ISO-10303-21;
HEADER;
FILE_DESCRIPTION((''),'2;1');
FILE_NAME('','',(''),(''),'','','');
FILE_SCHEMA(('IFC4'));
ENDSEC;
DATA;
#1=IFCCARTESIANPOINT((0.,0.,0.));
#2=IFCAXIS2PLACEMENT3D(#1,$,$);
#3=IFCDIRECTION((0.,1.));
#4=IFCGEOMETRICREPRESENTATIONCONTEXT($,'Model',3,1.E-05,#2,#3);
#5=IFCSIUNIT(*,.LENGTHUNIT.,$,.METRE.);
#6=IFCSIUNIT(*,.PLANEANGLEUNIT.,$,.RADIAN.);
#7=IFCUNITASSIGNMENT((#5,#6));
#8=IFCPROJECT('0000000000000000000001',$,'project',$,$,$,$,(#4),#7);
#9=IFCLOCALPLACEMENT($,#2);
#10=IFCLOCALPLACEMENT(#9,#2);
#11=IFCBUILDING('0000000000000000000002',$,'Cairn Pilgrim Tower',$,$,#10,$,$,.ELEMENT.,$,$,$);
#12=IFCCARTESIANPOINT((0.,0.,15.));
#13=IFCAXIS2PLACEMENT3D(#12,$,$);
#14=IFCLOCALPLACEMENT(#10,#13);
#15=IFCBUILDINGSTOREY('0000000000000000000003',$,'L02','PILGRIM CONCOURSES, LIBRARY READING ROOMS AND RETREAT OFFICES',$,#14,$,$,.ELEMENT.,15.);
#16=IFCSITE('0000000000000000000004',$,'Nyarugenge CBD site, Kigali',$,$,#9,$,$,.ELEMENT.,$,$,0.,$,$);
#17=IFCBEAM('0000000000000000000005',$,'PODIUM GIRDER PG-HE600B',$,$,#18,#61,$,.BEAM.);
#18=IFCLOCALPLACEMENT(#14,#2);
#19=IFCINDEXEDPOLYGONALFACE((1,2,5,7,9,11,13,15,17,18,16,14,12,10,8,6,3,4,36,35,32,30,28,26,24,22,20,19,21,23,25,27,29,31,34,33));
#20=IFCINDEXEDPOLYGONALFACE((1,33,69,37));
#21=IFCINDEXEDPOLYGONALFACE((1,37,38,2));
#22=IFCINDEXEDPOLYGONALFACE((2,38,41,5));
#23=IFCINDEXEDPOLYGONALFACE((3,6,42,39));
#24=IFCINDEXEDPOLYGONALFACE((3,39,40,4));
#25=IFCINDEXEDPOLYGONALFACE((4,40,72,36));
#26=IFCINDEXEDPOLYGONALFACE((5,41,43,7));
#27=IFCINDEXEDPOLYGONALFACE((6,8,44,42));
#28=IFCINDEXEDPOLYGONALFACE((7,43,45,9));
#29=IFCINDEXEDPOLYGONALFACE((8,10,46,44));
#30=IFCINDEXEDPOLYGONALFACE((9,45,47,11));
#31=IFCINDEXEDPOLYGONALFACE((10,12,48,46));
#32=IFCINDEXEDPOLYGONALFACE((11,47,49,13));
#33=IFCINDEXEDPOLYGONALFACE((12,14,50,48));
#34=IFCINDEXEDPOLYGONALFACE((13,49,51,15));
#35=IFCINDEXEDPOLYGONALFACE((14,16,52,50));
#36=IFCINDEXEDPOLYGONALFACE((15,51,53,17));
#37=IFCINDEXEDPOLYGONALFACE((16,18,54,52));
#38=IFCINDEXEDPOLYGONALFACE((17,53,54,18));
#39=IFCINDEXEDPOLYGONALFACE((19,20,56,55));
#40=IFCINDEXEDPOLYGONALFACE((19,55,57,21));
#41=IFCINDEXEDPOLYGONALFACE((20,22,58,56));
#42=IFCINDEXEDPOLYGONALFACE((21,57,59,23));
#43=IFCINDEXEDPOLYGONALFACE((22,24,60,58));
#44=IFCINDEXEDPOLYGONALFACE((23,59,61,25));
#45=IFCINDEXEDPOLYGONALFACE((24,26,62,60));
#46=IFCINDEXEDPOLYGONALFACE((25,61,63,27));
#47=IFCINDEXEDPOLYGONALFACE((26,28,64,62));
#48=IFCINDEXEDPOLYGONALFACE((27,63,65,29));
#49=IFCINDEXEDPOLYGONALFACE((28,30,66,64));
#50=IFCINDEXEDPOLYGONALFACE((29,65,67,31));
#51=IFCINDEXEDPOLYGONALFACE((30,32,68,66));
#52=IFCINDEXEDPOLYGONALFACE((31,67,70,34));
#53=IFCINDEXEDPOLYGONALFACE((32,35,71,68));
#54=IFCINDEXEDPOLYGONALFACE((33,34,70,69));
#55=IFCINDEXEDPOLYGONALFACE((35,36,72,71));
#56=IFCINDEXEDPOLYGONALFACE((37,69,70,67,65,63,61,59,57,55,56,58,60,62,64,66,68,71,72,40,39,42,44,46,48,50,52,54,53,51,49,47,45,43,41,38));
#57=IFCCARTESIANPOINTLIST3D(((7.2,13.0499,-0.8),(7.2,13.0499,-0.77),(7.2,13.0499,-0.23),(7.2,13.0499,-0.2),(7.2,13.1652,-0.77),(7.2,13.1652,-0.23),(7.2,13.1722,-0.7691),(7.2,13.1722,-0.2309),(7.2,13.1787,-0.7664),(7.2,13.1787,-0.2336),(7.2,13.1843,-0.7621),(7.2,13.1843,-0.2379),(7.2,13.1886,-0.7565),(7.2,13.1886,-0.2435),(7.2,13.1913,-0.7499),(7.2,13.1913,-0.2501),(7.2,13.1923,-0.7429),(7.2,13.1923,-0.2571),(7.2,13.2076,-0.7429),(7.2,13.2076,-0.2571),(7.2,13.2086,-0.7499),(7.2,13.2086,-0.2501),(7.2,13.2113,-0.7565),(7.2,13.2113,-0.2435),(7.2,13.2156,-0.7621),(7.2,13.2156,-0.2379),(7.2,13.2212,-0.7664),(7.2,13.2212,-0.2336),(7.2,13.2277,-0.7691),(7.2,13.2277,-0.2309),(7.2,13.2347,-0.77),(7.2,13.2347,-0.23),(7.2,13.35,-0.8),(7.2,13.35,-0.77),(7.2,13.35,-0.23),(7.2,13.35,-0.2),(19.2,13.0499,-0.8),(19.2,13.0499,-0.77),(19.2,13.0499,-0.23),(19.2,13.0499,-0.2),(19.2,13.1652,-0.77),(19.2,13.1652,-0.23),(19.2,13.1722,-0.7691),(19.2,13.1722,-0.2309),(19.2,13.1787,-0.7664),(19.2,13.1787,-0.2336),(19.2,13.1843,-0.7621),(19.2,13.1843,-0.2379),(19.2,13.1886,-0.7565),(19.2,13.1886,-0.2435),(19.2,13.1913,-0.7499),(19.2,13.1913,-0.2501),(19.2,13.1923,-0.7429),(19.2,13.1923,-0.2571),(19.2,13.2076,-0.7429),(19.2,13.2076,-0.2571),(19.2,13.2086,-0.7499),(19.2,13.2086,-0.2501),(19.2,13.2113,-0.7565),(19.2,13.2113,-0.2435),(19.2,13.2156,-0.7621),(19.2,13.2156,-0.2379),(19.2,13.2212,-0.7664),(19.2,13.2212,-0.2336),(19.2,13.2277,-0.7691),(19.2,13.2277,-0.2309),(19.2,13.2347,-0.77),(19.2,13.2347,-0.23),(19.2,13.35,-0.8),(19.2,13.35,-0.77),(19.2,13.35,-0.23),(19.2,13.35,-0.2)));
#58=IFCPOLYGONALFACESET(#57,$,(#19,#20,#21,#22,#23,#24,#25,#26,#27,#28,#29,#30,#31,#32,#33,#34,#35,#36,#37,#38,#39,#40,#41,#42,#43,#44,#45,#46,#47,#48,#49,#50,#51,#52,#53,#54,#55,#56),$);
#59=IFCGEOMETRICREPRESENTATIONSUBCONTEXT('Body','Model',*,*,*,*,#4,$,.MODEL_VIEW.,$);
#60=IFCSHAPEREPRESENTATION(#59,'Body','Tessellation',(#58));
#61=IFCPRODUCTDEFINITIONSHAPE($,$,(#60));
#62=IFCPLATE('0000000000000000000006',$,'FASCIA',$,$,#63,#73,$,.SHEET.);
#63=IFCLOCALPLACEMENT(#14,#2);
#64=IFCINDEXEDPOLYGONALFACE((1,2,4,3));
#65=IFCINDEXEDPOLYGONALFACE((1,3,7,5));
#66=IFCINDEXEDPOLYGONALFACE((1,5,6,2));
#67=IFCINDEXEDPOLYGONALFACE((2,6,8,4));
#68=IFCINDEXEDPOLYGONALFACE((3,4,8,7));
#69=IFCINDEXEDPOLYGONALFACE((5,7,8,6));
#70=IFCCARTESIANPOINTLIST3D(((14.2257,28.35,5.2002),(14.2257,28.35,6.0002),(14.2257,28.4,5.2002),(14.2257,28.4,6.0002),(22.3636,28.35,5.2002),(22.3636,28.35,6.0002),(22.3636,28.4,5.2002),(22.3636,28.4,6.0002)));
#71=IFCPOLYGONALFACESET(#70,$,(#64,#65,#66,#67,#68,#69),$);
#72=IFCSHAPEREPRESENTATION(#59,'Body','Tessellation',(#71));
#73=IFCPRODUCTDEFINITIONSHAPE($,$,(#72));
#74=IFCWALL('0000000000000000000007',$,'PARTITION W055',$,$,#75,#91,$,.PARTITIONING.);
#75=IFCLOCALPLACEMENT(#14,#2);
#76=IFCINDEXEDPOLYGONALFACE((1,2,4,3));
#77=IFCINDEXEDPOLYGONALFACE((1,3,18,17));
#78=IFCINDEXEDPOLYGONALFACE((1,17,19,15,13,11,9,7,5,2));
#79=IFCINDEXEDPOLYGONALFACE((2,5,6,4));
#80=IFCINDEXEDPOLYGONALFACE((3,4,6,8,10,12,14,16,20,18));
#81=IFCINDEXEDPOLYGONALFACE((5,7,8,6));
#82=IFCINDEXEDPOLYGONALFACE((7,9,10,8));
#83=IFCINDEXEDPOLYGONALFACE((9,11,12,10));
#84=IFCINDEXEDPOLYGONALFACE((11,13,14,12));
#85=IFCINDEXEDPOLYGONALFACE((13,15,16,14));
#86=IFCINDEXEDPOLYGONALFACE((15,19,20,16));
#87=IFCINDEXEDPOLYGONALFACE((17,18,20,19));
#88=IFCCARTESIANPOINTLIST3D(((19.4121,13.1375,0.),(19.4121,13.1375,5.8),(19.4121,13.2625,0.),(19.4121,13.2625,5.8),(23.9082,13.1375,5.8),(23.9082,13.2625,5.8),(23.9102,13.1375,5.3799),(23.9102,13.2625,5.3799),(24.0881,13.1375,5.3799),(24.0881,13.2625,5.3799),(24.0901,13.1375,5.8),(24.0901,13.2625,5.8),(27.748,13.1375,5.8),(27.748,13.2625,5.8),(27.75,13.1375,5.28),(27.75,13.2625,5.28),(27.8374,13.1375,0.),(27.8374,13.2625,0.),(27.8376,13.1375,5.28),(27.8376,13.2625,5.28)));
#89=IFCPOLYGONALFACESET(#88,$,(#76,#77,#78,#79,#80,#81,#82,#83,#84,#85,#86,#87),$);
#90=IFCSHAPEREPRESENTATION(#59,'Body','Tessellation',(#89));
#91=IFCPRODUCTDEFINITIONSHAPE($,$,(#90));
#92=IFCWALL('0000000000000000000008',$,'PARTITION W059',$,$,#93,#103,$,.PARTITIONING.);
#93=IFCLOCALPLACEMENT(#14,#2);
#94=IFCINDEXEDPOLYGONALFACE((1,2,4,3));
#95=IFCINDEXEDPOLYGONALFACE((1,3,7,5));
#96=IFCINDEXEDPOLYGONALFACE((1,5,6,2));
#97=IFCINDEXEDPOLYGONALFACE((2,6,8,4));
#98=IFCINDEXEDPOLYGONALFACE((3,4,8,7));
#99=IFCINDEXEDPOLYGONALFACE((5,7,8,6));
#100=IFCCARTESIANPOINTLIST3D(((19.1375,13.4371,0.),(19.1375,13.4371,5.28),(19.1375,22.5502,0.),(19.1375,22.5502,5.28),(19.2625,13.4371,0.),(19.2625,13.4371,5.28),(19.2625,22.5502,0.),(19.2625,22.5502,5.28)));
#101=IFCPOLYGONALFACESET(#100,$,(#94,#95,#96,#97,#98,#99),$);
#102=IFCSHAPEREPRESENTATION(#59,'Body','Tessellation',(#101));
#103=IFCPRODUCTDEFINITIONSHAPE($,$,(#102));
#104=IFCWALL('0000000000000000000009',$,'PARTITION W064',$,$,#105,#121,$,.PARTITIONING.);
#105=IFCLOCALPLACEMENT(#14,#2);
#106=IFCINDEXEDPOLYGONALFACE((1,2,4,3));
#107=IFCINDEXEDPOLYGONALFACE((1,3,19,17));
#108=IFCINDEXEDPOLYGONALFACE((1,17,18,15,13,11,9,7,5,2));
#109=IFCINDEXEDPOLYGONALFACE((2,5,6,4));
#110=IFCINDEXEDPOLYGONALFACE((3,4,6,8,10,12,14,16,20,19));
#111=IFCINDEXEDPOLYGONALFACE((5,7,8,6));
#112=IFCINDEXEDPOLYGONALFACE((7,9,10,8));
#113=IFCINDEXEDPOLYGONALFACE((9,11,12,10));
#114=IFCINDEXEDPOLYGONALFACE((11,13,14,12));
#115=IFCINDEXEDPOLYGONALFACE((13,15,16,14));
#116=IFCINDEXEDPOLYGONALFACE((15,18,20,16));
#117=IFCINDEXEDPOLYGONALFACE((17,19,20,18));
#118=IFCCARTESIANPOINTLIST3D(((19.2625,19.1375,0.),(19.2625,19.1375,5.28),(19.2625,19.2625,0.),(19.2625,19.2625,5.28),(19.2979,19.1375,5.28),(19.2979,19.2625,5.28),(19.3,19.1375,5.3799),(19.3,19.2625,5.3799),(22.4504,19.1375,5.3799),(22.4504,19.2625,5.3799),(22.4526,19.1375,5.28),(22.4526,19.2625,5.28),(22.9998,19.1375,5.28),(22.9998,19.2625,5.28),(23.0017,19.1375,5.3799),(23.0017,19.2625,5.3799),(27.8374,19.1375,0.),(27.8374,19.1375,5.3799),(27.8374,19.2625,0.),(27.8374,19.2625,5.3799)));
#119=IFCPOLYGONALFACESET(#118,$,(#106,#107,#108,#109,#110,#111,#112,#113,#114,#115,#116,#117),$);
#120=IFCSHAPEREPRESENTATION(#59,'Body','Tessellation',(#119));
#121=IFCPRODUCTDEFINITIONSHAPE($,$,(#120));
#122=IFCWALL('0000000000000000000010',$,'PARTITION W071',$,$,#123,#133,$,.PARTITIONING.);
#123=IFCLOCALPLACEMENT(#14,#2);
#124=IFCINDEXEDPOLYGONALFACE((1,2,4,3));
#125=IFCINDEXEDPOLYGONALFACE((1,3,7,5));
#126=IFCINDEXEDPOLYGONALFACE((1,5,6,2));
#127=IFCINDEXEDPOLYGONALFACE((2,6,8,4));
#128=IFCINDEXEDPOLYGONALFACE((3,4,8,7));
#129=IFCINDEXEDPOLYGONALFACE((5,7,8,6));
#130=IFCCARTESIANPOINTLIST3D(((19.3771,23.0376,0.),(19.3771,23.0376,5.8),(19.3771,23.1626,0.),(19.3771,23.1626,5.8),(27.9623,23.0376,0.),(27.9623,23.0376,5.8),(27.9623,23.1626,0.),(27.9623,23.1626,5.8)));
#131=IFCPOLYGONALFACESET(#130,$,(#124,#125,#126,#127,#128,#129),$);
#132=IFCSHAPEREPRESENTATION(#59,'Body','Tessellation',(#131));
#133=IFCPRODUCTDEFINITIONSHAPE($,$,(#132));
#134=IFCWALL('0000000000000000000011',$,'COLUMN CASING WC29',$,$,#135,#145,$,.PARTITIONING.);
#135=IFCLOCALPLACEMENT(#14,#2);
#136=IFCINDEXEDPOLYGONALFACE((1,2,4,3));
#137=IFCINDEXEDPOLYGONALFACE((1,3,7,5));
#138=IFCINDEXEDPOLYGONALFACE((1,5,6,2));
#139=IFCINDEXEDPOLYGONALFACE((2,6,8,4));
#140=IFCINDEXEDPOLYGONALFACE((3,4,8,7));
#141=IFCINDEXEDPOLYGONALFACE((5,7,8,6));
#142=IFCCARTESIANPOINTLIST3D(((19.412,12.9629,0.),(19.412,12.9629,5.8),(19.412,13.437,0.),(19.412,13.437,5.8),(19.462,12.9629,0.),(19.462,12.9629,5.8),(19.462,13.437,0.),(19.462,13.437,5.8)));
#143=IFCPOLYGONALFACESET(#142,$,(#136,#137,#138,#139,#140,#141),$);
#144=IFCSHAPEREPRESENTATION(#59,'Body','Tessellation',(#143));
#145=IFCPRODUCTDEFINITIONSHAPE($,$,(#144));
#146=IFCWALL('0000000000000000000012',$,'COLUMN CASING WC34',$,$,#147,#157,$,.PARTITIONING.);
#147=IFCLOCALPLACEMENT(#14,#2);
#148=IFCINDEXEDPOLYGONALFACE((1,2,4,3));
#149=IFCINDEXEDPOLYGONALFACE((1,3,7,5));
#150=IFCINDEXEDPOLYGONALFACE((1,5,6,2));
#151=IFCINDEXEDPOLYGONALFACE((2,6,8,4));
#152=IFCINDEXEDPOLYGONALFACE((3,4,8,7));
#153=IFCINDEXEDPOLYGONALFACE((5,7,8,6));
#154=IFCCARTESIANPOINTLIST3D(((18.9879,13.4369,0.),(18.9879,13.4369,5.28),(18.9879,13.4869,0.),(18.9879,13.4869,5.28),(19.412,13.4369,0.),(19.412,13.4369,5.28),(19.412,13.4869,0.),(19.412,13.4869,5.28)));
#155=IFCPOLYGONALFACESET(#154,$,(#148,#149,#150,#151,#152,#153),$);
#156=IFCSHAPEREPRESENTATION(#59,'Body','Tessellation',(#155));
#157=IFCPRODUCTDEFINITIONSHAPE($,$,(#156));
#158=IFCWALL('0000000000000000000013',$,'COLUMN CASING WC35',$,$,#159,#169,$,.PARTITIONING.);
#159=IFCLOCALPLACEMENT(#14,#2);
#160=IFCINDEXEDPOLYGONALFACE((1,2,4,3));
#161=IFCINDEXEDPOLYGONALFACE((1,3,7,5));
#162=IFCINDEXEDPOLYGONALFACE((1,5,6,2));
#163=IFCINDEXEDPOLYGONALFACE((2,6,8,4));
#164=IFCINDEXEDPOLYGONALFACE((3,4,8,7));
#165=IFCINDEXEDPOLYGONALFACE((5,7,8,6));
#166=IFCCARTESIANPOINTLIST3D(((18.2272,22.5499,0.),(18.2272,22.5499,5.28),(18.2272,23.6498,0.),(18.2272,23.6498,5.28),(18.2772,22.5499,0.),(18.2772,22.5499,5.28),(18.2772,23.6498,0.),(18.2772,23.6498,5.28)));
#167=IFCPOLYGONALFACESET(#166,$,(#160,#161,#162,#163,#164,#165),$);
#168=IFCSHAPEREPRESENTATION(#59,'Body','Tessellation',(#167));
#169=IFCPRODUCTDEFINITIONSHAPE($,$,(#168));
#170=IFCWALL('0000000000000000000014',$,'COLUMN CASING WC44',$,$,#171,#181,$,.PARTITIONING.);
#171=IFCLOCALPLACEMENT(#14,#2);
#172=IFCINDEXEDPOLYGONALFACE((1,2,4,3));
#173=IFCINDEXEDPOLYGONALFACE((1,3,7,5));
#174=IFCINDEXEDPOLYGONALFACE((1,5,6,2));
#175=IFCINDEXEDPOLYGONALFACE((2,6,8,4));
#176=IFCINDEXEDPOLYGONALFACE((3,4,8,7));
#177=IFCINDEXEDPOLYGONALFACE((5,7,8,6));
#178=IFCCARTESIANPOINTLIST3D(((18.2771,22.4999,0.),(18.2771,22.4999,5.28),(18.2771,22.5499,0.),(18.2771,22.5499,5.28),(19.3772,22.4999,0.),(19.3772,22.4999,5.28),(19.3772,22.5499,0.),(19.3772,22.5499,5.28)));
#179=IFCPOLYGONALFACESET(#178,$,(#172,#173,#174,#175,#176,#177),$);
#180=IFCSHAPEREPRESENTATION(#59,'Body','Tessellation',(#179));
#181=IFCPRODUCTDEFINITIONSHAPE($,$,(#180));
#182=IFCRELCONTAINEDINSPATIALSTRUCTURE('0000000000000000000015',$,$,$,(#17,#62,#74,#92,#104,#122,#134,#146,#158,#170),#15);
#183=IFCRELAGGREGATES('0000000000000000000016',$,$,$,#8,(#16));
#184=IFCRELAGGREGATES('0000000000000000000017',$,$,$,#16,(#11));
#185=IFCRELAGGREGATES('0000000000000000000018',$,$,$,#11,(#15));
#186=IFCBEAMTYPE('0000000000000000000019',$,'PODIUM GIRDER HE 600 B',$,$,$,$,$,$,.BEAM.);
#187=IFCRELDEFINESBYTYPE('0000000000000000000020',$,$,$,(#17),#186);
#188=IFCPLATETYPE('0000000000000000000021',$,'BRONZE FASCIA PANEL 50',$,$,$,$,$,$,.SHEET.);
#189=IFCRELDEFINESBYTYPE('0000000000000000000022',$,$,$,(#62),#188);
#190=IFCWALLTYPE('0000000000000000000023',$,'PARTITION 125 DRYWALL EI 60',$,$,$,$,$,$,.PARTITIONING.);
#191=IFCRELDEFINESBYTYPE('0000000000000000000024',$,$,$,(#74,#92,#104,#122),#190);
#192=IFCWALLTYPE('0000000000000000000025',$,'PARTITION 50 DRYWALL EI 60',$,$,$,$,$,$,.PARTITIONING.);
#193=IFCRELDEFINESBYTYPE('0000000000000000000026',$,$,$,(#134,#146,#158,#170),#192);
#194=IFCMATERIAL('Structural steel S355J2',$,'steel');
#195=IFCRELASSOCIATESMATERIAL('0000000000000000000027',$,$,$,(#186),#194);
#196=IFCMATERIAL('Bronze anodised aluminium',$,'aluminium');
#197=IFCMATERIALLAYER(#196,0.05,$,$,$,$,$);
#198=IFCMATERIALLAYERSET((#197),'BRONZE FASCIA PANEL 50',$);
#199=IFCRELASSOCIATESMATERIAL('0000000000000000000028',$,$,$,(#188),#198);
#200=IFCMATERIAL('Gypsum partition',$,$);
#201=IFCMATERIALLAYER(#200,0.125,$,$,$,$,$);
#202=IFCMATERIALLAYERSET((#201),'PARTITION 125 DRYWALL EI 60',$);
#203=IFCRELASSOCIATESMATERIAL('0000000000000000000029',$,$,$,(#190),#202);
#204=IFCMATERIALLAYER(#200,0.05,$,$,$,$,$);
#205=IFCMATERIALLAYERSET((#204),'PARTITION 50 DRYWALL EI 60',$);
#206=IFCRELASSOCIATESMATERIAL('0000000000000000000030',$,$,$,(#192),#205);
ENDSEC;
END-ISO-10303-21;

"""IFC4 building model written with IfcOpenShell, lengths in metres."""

from ifc_helpers import new_model, si_unit, direction, frame, frame_2d, origin, origin_2d, place, context, subcontext, project, spatial, polyline, rectangle, i_section, outline, extrude, material, layer, layer_set, material_profile, profile_set, type_object, element, save


model = new_model("IFC4")

# Units and contexts
model_context = context("Model", 3, precision=1e-05, world=origin(), true_north=direction((0.0, 1.0)))
body_context = subcontext(model_context, "Body", "Model", "MODEL_VIEW")
ifc_project = project(units=[si_unit("LENGTHUNIT", "METRE"), si_unit("PLANEANGLEUNIT", "RADIAN")], contexts=[model_context])

# Site, building, storey
site_placement = place(None, origin())
site = spatial("IfcSite", under=ifc_project, at=site_placement, Name="Nyarugenge CBD site, Kigali", CompositionType="ELEMENT", RefElevation=0.0)
building_placement = place(site_placement, origin())
building = spatial("IfcBuilding", under=site, at=building_placement, Name="Cairn Pilgrim Tower", CompositionType="ELEMENT")
storey_placement = place(building_placement, frame((0.0, 0.0, 15.0)))
storey = spatial("IfcBuildingStorey", under=building, at=storey_placement, Name="L02", Description="PILGRIM CONCOURSES, LIBRARY READING ROOMS AND RETREAT OFFICES", CompositionType="ELEMENT", Elevation=15.0)

# Beam
ifc_material_1 = material(Name="Structural steel S355J2", Category="steel")
ifc_material_profile_1 = material_profile(ifc_material_1, i_section(OverallWidth=0.3, OverallDepth=0.6001, WebThickness=0.0154, FlangeThickness=0.03, FilletRadius=0.0271, at=origin_2d()), Name="HEB 600")
ifc_profile_set_1 = profile_set([ifc_material_profile_1], Name="Structural steel S355J2")
beam_type_1 = type_object("IfcBeamType", Name="PODIUM GIRDER HE 600 B", PredefinedType="BEAM", material=ifc_profile_set_1)
beam_1_placement = place(storey_placement, frame((19.2, 13.2, -0.5), z_axis=(-1.0, 0.0, 0.0), x_axis=(0.0, -1.0, 0.0)))
element("IfcBeam", 1, at=beam_1_placement, inside=storey, type_object=beam_type_1, Name="PODIUM GIRDER PG-HE600B", PredefinedType="BEAM", context=body_context, shape_type="SweptSolid", body=[
    extrude(i_section(OverallWidth=0.3, OverallDepth=0.6001, WebThickness=0.0154, FlangeThickness=0.03, FilletRadius=0.0271, at=origin_2d()), origin(), (0.0, 0.0, 1.0), 12.0),
])

# Plate
ifc_material_2 = material(Name="Bronze anodised aluminium", Category="aluminium")
ifc_layer_1 = layer(ifc_material_2, 0.05)
ifc_layer_set_1 = layer_set([ifc_layer_1], Name="BRONZE FASCIA PANEL 50")
plate_type = type_object("IfcPlateType", Name="BRONZE FASCIA PANEL 50", PredefinedType="SHEET", material=ifc_layer_set_1)
plate_placement = place(storey_placement, frame((18.2947, 28.375, 5.2002), z_axis=(0.0, 0.0, 1.0), x_axis=(-1.0, 0.0, 0.0)))
element("IfcPlate", 2, at=plate_placement, inside=storey, type_object=plate_type, Name="FASCIA", PredefinedType="SHEET", context=body_context, shape_type="SweptSolid", body=[
    extrude(rectangle(XDim=8.1379, YDim=0.05, at=origin_2d()), origin(), (0.0, 0.0, 1.0), 0.8),
])

# Walls
ifc_material_3 = material(Name="Gypsum partition")
ifc_layer_2 = layer(ifc_material_3, 0.125)
ifc_layer_set_2 = layer_set([ifc_layer_2], Name="PARTITION 125 DRYWALL EI 60")
wall_type_1 = type_object("IfcWallType", Name="PARTITION 125 DRYWALL EI 60", PredefinedType="PARTITIONING", material=ifc_layer_set_2)
wall_1_placement = place(storey_placement, frame((19.4121, 13.2, 0.0), z_axis=(0.0, 0.0, 1.0), x_axis=(1.0, 0.0, 0.0)))
element("IfcWall", 3, at=wall_1_placement, inside=storey, type_object=wall_type_1, Name="PARTITION W055", PredefinedType="PARTITIONING", context=body_context, shape_type="SweptSolid", body=[
    extrude(outline(polyline([(0.0, 0.0), (8.4253, 0.0), (8.4255, 5.28), (8.3379, 5.28), (8.3359, 5.8), (4.678, 5.8), (4.676, 5.3799), (4.498, 5.3799), (4.4961, 5.8), (0.0, 5.8), (0.0, 0.0)])), frame((0.0, 0.0625, 0.0), z_axis=(0.0, -1.0, 0.0), x_axis=(1.0, 0.0, 0.0)), (0.0, 0.0, 1.0), 0.125),
])
wall_2_placement = place(storey_placement, frame((19.2, 13.437, 0.0), z_axis=(0.0, 0.0, 1.0), x_axis=(0.0, 1.0, 0.0)))
element("IfcWall", 4, at=wall_2_placement, inside=storey, type_object=wall_type_1, Name="PARTITION W059", PredefinedType="PARTITIONING", context=body_context, shape_type="SweptSolid", body=[
    extrude(rectangle(XDim=9.113, YDim=0.125, at=frame_2d((4.5566, 0.0))), origin(), (0.0, 0.0, 1.0), 5.28),
])
wall_3_placement = place(storey_placement, frame((19.2625, 19.2, 0.0), z_axis=(0.0, 0.0, 1.0), x_axis=(1.0, 0.0, 0.0)))
element("IfcWall", 5, at=wall_3_placement, inside=storey, type_object=wall_type_1, Name="PARTITION W064", PredefinedType="PARTITIONING", context=body_context, shape_type="SweptSolid", body=[
    extrude(outline(polyline([(0.0, 0.0), (8.575, 0.0), (8.575, 5.3799), (3.7393, 5.3799), (3.7373, 5.28), (3.1902, 5.28), (3.188, 5.3799), (0.0376, 5.3799), (0.0354, 5.28), (0.0, 5.28), (0.0, 0.0)])), frame((0.0, 0.0625, 0.0), z_axis=(0.0, -1.0, 0.0), x_axis=(1.0, 0.0, 0.0)), (0.0, 0.0, 1.0), 0.125),
])
wall_4_placement = place(storey_placement, frame((19.3772, 23.1001, 0.0), z_axis=(0.0, 0.0, 1.0), x_axis=(1.0, 0.0, 0.0)))
element("IfcWall", 6, at=wall_4_placement, inside=storey, type_object=wall_type_1, Name="PARTITION W071", PredefinedType="PARTITIONING", context=body_context, shape_type="SweptSolid", body=[
    extrude(rectangle(XDim=8.5852, YDim=0.125, at=frame_2d((4.2925, 0.0))), origin(), (0.0, 0.0, 1.0), 5.8),
])
ifc_layer_3 = layer(ifc_material_3, 0.05)
ifc_layer_set_3 = layer_set([ifc_layer_3], Name="PARTITION 50 DRYWALL EI 60")
wall_type_2 = type_object("IfcWallType", Name="PARTITION 50 DRYWALL EI 60", PredefinedType="PARTITIONING", material=ifc_layer_set_3)
wall_5_placement = place(storey_placement, frame((19.437, 12.9629, 0.0), z_axis=(0.0, 0.0, 1.0), x_axis=(0.0, 1.0, 0.0)))
element("IfcWall", 7, at=wall_5_placement, inside=storey, type_object=wall_type_2, Name="COLUMN CASING WC29", PredefinedType="PARTITIONING", context=body_context, shape_type="SweptSolid", body=[
    extrude(rectangle(XDim=0.4741, YDim=0.05, at=frame_2d((0.2371, 0.0))), origin(), (0.0, 0.0, 1.0), 5.8),
])
wall_6_placement = place(storey_placement, frame((18.988, 13.4619, 0.0), z_axis=(0.0, 0.0, 1.0), x_axis=(1.0, 0.0, 0.0)))
element("IfcWall", 8, at=wall_6_placement, inside=storey, type_object=wall_type_2, Name="COLUMN CASING WC34", PredefinedType="PARTITIONING", context=body_context, shape_type="SweptSolid", body=[
    extrude(rectangle(XDim=0.4241, YDim=0.05, at=frame_2d((0.2119, 0.0))), origin(), (0.0, 0.0, 1.0), 5.28),
])
wall_7_placement = place(storey_placement, frame((18.2522, 22.55, 0.0), z_axis=(0.0, 0.0, 1.0), x_axis=(0.0, 1.0, 0.0)))
element("IfcWall", 9, at=wall_7_placement, inside=storey, type_object=wall_type_2, Name="COLUMN CASING WC35", PredefinedType="PARTITIONING", context=body_context, shape_type="SweptSolid", body=[
    extrude(rectangle(XDim=1.0999, YDim=0.05, at=frame_2d((0.5498, 0.0))), origin(), (0.0, 0.0, 1.0), 5.28),
])
wall_8_placement = place(storey_placement, frame((18.2771, 22.5249, 0.0), z_axis=(0.0, 0.0, 1.0), x_axis=(1.0, 0.0, 0.0)))
element("IfcWall", 10, at=wall_8_placement, inside=storey, type_object=wall_type_2, Name="COLUMN CASING WC44", PredefinedType="PARTITIONING", context=body_context, shape_type="SweptSolid", body=[
    extrude(rectangle(XDim=1.1001, YDim=0.05, at=frame_2d((0.55, 0.0))), origin(), (0.0, 0.0, 1.0), 5.28),
])

save(model, "model.ifc")
